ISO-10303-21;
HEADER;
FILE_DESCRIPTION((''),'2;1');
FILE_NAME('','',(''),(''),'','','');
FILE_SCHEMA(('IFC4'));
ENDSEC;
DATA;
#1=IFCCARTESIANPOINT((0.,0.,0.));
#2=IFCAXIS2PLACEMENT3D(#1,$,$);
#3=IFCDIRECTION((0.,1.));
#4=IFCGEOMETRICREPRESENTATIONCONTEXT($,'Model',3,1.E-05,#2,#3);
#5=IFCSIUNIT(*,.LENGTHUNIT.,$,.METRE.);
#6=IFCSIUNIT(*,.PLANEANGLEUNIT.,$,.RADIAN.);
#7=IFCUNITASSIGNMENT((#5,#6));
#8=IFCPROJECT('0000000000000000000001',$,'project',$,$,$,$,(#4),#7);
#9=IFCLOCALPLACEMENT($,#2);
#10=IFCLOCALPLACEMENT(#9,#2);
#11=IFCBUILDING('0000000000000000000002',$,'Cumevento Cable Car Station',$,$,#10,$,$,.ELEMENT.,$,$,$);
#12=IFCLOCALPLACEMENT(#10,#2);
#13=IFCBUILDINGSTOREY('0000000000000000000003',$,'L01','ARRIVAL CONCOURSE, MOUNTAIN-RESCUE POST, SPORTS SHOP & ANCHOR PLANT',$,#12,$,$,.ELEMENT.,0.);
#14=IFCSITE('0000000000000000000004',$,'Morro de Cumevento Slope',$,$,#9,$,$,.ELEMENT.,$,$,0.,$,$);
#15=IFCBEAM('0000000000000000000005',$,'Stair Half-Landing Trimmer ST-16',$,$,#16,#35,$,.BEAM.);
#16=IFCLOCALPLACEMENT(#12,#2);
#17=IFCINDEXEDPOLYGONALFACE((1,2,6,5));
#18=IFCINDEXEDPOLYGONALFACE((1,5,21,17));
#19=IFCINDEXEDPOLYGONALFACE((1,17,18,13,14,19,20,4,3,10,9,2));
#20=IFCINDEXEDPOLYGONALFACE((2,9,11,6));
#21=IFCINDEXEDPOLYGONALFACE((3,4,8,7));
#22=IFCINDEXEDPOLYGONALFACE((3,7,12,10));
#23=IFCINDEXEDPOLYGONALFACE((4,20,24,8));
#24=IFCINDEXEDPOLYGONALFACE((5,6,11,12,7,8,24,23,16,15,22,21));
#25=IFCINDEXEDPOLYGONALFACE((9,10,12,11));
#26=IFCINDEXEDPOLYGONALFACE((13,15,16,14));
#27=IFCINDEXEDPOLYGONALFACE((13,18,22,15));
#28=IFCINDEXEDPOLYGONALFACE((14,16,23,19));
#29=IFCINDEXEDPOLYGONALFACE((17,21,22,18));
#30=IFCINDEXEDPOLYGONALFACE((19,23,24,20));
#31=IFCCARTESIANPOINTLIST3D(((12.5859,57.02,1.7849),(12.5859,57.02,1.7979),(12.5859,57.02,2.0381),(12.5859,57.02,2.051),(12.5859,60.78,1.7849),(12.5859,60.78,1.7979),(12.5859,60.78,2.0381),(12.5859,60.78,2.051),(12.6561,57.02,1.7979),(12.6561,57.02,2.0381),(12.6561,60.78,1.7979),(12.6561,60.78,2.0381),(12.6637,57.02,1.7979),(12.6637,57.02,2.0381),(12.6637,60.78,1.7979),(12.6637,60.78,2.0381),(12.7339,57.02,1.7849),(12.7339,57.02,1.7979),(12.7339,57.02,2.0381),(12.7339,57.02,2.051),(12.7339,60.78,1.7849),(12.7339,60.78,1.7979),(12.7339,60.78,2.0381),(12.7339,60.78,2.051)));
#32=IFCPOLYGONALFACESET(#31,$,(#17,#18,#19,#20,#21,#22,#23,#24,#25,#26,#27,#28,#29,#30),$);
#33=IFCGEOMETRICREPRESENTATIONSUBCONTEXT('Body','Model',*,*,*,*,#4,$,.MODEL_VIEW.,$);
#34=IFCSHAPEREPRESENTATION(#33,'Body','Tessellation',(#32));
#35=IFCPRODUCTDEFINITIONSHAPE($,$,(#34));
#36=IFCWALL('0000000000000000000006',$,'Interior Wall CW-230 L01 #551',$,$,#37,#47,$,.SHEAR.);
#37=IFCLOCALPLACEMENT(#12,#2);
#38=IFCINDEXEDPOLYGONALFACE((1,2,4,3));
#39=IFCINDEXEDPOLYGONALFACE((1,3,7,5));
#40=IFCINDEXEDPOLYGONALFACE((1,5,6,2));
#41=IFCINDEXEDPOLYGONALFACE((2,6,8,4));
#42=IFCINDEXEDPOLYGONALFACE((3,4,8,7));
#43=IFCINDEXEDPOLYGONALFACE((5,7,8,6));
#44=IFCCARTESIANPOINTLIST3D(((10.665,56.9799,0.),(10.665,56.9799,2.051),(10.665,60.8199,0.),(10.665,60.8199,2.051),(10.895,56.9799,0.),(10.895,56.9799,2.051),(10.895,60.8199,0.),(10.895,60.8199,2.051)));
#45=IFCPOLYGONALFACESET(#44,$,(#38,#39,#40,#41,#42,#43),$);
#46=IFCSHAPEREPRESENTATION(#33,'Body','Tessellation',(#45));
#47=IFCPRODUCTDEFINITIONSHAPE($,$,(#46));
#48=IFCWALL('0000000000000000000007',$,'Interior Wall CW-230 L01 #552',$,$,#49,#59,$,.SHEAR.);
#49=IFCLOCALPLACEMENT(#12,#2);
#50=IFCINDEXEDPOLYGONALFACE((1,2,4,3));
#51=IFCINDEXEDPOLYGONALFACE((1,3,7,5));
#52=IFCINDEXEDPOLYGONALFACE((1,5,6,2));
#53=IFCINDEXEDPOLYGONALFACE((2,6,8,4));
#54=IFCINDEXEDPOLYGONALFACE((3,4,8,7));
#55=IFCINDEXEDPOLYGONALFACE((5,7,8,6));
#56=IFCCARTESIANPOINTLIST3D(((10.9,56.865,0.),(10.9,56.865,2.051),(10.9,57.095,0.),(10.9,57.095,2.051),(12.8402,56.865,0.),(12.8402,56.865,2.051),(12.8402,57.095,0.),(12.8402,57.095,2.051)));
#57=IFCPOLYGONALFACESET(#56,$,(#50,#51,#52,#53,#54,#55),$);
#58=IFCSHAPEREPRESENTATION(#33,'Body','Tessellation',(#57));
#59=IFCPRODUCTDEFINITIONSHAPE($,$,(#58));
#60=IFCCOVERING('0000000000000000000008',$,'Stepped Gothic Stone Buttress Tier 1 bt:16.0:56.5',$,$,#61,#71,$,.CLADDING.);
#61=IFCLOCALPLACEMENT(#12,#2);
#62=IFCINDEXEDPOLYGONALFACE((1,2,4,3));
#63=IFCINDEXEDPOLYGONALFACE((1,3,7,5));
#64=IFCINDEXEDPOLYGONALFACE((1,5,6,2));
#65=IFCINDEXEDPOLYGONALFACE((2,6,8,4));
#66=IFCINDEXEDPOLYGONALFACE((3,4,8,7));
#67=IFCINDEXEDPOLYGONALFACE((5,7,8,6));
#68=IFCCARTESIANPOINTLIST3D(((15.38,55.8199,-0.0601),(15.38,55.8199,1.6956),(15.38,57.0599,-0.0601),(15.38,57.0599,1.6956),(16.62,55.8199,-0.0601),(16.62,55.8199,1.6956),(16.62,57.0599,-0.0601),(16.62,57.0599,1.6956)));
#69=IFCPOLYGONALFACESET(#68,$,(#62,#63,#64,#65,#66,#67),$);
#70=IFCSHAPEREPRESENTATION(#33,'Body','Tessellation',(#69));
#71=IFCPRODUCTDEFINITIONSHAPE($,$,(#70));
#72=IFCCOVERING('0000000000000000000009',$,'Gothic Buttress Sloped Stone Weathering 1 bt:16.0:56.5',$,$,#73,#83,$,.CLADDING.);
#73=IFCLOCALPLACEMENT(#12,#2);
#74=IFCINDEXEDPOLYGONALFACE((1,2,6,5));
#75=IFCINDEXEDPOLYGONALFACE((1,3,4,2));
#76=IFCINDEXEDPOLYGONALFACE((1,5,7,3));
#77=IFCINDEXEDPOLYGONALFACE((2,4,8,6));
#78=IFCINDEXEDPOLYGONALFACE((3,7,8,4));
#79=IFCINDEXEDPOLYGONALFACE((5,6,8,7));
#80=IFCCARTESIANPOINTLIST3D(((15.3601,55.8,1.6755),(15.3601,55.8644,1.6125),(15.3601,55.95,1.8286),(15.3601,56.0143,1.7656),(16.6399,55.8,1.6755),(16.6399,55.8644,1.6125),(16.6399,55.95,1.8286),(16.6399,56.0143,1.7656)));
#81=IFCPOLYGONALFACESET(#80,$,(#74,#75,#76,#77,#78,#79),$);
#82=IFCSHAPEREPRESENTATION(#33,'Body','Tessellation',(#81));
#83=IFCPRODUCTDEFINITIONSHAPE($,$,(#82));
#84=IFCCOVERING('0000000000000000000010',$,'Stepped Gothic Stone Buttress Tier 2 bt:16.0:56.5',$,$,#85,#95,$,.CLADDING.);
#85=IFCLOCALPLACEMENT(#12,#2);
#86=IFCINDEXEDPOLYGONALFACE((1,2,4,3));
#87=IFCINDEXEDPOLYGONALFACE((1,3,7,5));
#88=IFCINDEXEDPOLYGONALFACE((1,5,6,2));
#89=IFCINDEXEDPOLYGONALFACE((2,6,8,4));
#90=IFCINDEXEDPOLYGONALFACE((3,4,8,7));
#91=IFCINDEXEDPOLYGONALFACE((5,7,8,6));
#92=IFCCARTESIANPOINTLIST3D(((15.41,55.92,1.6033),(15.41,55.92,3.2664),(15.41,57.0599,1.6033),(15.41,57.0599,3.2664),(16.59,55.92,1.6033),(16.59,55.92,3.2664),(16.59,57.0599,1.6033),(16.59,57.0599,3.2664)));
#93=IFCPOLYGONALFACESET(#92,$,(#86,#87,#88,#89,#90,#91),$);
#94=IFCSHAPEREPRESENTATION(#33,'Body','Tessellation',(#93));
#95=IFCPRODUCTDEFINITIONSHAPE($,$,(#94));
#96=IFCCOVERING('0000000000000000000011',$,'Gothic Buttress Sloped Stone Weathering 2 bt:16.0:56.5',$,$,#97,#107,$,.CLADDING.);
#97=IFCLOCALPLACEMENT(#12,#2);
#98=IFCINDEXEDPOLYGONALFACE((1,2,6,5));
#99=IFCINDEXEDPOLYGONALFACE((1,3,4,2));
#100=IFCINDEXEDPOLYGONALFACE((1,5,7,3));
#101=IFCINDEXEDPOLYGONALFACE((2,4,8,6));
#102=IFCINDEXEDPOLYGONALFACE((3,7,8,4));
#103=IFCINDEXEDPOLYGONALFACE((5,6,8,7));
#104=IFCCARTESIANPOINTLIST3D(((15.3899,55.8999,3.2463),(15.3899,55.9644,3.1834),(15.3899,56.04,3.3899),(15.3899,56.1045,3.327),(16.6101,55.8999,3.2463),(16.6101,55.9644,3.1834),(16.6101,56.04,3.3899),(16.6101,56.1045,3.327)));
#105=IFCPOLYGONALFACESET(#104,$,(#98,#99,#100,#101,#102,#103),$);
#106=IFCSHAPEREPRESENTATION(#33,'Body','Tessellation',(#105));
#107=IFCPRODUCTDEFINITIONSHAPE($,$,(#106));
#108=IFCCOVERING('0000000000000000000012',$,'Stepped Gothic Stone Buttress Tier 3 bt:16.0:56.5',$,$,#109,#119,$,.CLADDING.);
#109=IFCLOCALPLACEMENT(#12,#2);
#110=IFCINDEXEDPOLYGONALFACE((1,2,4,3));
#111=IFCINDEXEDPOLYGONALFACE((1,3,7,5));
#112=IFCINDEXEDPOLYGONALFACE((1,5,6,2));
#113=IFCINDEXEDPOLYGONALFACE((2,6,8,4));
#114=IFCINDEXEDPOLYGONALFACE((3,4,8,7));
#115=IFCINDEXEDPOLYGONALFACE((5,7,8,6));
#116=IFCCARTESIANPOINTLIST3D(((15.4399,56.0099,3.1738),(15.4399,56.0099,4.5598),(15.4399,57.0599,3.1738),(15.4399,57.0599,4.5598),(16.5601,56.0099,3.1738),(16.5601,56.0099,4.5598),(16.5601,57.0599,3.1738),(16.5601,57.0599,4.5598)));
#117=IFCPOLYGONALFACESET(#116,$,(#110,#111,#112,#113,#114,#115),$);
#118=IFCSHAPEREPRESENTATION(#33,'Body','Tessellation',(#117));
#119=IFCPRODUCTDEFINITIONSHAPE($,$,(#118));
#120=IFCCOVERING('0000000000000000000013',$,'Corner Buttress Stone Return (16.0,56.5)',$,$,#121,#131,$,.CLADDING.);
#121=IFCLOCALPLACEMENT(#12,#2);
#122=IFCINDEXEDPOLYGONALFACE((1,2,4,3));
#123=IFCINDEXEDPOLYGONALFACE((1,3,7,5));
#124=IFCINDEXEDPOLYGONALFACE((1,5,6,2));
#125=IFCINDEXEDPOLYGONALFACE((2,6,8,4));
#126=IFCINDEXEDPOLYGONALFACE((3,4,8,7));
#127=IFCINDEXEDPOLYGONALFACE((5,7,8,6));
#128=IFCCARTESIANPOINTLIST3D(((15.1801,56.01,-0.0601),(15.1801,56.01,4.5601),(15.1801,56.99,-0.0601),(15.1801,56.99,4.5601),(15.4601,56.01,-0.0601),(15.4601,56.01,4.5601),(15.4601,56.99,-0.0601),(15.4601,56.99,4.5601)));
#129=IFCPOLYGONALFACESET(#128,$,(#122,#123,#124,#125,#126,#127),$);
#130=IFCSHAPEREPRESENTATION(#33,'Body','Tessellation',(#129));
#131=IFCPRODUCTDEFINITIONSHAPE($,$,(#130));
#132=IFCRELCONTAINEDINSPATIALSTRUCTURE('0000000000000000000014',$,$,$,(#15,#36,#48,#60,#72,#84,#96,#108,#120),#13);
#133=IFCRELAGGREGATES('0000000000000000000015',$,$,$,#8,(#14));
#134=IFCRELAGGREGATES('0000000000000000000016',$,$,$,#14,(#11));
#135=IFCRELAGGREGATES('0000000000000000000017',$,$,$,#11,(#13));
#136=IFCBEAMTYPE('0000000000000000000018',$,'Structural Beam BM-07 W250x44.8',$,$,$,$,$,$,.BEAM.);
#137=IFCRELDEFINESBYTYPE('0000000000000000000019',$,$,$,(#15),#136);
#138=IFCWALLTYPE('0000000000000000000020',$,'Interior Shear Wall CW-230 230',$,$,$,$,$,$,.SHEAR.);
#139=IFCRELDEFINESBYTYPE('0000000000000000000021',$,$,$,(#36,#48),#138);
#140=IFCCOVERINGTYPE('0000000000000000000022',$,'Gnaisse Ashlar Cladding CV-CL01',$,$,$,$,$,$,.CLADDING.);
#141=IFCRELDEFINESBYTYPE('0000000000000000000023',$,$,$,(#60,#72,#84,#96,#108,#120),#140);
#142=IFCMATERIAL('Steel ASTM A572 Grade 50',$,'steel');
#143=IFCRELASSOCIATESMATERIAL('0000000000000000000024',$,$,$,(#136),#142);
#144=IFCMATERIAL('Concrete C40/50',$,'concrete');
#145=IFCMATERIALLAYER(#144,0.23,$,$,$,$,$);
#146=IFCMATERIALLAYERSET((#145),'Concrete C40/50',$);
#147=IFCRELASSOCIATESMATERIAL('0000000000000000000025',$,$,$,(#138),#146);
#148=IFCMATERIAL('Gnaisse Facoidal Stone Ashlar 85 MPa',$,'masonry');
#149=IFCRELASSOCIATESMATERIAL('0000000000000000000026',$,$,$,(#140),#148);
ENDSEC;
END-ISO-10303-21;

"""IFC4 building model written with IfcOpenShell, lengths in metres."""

from ifc_helpers import new_model, si_unit, direction, frame, frame_2d, origin, origin_2d, place, context, subcontext, project, spatial, polyline, rectangle, i_section, outline, extrude, material, layer, layer_set, material_profile, profile_set, type_object, element, save


model = new_model("IFC4")

# Units and contexts
model_context = context("Model", 3, precision=1e-05, world=origin(), true_north=direction((0.0, 1.0)))
body_context = subcontext(model_context, "Body", "Model", "MODEL_VIEW")
ifc_project = project(units=[si_unit("LENGTHUNIT", "METRE"), si_unit("PLANEANGLEUNIT", "RADIAN")], contexts=[model_context])

# Site, building, storey
site_placement = place(None, origin())
site = spatial("IfcSite", under=ifc_project, at=site_placement, Name="Morro de Cumevento Slope", CompositionType="ELEMENT", RefElevation=0.0)
building_placement = place(site_placement, origin())
building = spatial("IfcBuilding", under=site, at=building_placement, Name="Cumevento Cable Car Station", CompositionType="ELEMENT")
storey_placement = place(building_placement, origin())
storey = spatial("IfcBuildingStorey", under=building, at=storey_placement, Name="L01", Description="ARRIVAL CONCOURSE, MOUNTAIN-RESCUE POST, SPORTS SHOP & ANCHOR PLANT", CompositionType="ELEMENT", Elevation=0.0)

# Beam
ifc_material_1 = material(Name="Steel ASTM A572 Grade 50", Category="steel")
ifc_material_profile_1 = material_profile(ifc_material_1, i_section(OverallWidth=0.1479, OverallDepth=0.2661, WebThickness=0.0076, FlangeThickness=0.0129, at=origin_2d()), Name="W250x44.8")
ifc_profile_set_1 = profile_set([ifc_material_profile_1], Name="Steel ASTM A572 Grade 50")
beam_type_1 = type_object("IfcBeamType", Name="Structural Beam BM-07 W250x44.8", PredefinedType="BEAM", material=ifc_profile_set_1)
beam_1_placement = place(storey_placement, frame((12.6599, 57.02, 1.918), z_axis=(0.0, 1.0, 0.0), x_axis=(-1.0, 0.0, 0.0)))
element("IfcBeam", 1, at=beam_1_placement, inside=storey, type_object=beam_type_1, Name="Stair Half-Landing Trimmer ST-16", PredefinedType="BEAM", context=body_context, shape_type="SweptSolid", body=[
    extrude(i_section(OverallWidth=0.1479, OverallDepth=0.2661, WebThickness=0.0076, FlangeThickness=0.0129, at=origin_2d()), origin(), (0.0, 0.0, 1.0), 3.76),
])

# Walls
ifc_material_2 = material(Name="Concrete C40/50", Category="concrete")
ifc_layer = layer(ifc_material_2, 0.23)
ifc_layer_set = layer_set([ifc_layer], Name="Concrete C40/50")
wall_type = type_object("IfcWallType", Name="Interior Shear Wall CW-230 230", PredefinedType="SHEAR", material=ifc_layer_set)
wall_1_placement = place(storey_placement, frame((10.78, 56.98, 0.0), z_axis=(0.0, 0.0, 1.0), x_axis=(0.0, 1.0, 0.0)))
element("IfcWall", 2, at=wall_1_placement, inside=storey, type_object=wall_type, Name="Interior Wall CW-230 L01 #551", PredefinedType="SHEAR", context=body_context, shape_type="SweptSolid", body=[
    extrude(rectangle(XDim=3.8401, YDim=0.23, at=frame_2d((1.9199, 0.0))), origin(), (0.0, 0.0, 1.0), 2.051),
])
wall_2_placement = place(storey_placement, frame((10.8999, 56.98, 0.0), z_axis=(0.0, 0.0, 1.0), x_axis=(1.0, 0.0, 0.0)))
element("IfcWall", 3, at=wall_2_placement, inside=storey, type_object=wall_type, Name="Interior Wall CW-230 L01 #552", PredefinedType="SHEAR", context=body_context, shape_type="SweptSolid", body=[
    extrude(rectangle(XDim=1.9402, YDim=0.23, at=frame_2d((0.9702, 0.0))), origin(), (0.0, 0.0, 1.0), 2.051),
])

# Coverings
ifc_material_3 = material(Name="Gnaisse Facoidal Stone Ashlar 85 MPa", Category="masonry")
covering_type = type_object("IfcCoveringType", Name="Gnaisse Ashlar Cladding CV-CL01", PredefinedType="CLADDING", material=ifc_material_3)
covering_1_placement = place(storey_placement, frame((16.0, 56.4399, -0.0601), z_axis=(0.0, 0.0, 1.0), x_axis=(1.0, 0.0, 0.0)))
element("IfcCovering", 4, at=covering_1_placement, inside=storey, type_object=covering_type, Name="Stepped Gothic Stone Buttress Tier 1 bt:16.0:56.5", PredefinedType="CLADDING", context=body_context, shape_type="SweptSolid", body=[
    extrude(rectangle(XDim=1.24, YDim=1.24, at=origin_2d()), origin(), (0.0, 0.0, 1.0), 1.7556),
])
covering_2_placement = place(storey_placement, frame((15.3601, 55.8, 1.6755), z_axis=(0.0, -0.714475, 0.699661), x_axis=(1.0, 0.0, 0.0)))
element("IfcCovering", 5, at=covering_2_placement, inside=storey, type_object=covering_type, Name="Gothic Buttress Sloped Stone Weathering 1 bt:16.0:56.5", PredefinedType="CLADDING", context=body_context, shape_type="SweptSolid", body=[
    extrude(outline(polyline([(0.0, 0.0), (1.2798, 0.0), (1.2798, 0.2142), (0.0, 0.2142), (0.0, 0.0)])), origin(), (0.0, 0.0, -1.0), 0.0901),
])
covering_3_placement = place(storey_placement, frame((16.0, 56.49, 1.6033), z_axis=(0.0, 0.0, 1.0), x_axis=(1.0, 0.0, 0.0)))
element("IfcCovering", 6, at=covering_3_placement, inside=storey, type_object=covering_type, Name="Stepped Gothic Stone Buttress Tier 2 bt:16.0:56.5", PredefinedType="CLADDING", context=body_context, shape_type="SweptSolid", body=[
    extrude(rectangle(XDim=1.1799, YDim=1.1399, at=origin_2d()), origin(), (0.0, 0.0, 1.0), 1.6631),
])
covering_4_placement = place(storey_placement, frame((15.3899, 55.8999, 3.2463), z_axis=(0.0, -0.715574, 0.698537), x_axis=(1.0, 0.0, 0.0)))
element("IfcCovering", 7, at=covering_4_placement, inside=storey, type_object=covering_type, Name="Gothic Buttress Sloped Stone Weathering 2 bt:16.0:56.5", PredefinedType="CLADDING", context=body_context, shape_type="SweptSolid", body=[
    extrude(outline(polyline([(0.0, 0.0), (1.2202, 0.0), (1.2202, 0.2006), (0.0, 0.2006), (0.0, 0.0)])), origin(), (0.0, 0.0, -1.0), 0.0901),
])
covering_5_placement = place(storey_placement, frame((16.0, 56.5349, 3.1738), z_axis=(0.0, 0.0, 1.0), x_axis=(1.0, 0.0, 0.0)))
element("IfcCovering", 8, at=covering_5_placement, inside=storey, type_object=covering_type, Name="Stepped Gothic Stone Buttress Tier 3 bt:16.0:56.5", PredefinedType="CLADDING", context=body_context, shape_type="SweptSolid", body=[
    extrude(rectangle(XDim=1.1201, YDim=1.05, at=origin_2d()), origin(), (0.0, 0.0, 1.0), 1.386),
])
covering_6_placement = place(storey_placement, frame((15.3201, 56.5, -0.0601), z_axis=(0.0, 0.0, 1.0), x_axis=(1.0, 0.0, 0.0)))
element("IfcCovering", 9, at=covering_6_placement, inside=storey, type_object=covering_type, Name="Corner Buttress Stone Return (16.0,56.5)", PredefinedType="CLADDING", context=body_context, shape_type="SweptSolid", body=[
    extrude(rectangle(XDim=0.28, YDim=0.98, at=origin_2d()), origin(), (0.0, 0.0, 1.0), 4.6201),
])

save(model, "model.ifc")
